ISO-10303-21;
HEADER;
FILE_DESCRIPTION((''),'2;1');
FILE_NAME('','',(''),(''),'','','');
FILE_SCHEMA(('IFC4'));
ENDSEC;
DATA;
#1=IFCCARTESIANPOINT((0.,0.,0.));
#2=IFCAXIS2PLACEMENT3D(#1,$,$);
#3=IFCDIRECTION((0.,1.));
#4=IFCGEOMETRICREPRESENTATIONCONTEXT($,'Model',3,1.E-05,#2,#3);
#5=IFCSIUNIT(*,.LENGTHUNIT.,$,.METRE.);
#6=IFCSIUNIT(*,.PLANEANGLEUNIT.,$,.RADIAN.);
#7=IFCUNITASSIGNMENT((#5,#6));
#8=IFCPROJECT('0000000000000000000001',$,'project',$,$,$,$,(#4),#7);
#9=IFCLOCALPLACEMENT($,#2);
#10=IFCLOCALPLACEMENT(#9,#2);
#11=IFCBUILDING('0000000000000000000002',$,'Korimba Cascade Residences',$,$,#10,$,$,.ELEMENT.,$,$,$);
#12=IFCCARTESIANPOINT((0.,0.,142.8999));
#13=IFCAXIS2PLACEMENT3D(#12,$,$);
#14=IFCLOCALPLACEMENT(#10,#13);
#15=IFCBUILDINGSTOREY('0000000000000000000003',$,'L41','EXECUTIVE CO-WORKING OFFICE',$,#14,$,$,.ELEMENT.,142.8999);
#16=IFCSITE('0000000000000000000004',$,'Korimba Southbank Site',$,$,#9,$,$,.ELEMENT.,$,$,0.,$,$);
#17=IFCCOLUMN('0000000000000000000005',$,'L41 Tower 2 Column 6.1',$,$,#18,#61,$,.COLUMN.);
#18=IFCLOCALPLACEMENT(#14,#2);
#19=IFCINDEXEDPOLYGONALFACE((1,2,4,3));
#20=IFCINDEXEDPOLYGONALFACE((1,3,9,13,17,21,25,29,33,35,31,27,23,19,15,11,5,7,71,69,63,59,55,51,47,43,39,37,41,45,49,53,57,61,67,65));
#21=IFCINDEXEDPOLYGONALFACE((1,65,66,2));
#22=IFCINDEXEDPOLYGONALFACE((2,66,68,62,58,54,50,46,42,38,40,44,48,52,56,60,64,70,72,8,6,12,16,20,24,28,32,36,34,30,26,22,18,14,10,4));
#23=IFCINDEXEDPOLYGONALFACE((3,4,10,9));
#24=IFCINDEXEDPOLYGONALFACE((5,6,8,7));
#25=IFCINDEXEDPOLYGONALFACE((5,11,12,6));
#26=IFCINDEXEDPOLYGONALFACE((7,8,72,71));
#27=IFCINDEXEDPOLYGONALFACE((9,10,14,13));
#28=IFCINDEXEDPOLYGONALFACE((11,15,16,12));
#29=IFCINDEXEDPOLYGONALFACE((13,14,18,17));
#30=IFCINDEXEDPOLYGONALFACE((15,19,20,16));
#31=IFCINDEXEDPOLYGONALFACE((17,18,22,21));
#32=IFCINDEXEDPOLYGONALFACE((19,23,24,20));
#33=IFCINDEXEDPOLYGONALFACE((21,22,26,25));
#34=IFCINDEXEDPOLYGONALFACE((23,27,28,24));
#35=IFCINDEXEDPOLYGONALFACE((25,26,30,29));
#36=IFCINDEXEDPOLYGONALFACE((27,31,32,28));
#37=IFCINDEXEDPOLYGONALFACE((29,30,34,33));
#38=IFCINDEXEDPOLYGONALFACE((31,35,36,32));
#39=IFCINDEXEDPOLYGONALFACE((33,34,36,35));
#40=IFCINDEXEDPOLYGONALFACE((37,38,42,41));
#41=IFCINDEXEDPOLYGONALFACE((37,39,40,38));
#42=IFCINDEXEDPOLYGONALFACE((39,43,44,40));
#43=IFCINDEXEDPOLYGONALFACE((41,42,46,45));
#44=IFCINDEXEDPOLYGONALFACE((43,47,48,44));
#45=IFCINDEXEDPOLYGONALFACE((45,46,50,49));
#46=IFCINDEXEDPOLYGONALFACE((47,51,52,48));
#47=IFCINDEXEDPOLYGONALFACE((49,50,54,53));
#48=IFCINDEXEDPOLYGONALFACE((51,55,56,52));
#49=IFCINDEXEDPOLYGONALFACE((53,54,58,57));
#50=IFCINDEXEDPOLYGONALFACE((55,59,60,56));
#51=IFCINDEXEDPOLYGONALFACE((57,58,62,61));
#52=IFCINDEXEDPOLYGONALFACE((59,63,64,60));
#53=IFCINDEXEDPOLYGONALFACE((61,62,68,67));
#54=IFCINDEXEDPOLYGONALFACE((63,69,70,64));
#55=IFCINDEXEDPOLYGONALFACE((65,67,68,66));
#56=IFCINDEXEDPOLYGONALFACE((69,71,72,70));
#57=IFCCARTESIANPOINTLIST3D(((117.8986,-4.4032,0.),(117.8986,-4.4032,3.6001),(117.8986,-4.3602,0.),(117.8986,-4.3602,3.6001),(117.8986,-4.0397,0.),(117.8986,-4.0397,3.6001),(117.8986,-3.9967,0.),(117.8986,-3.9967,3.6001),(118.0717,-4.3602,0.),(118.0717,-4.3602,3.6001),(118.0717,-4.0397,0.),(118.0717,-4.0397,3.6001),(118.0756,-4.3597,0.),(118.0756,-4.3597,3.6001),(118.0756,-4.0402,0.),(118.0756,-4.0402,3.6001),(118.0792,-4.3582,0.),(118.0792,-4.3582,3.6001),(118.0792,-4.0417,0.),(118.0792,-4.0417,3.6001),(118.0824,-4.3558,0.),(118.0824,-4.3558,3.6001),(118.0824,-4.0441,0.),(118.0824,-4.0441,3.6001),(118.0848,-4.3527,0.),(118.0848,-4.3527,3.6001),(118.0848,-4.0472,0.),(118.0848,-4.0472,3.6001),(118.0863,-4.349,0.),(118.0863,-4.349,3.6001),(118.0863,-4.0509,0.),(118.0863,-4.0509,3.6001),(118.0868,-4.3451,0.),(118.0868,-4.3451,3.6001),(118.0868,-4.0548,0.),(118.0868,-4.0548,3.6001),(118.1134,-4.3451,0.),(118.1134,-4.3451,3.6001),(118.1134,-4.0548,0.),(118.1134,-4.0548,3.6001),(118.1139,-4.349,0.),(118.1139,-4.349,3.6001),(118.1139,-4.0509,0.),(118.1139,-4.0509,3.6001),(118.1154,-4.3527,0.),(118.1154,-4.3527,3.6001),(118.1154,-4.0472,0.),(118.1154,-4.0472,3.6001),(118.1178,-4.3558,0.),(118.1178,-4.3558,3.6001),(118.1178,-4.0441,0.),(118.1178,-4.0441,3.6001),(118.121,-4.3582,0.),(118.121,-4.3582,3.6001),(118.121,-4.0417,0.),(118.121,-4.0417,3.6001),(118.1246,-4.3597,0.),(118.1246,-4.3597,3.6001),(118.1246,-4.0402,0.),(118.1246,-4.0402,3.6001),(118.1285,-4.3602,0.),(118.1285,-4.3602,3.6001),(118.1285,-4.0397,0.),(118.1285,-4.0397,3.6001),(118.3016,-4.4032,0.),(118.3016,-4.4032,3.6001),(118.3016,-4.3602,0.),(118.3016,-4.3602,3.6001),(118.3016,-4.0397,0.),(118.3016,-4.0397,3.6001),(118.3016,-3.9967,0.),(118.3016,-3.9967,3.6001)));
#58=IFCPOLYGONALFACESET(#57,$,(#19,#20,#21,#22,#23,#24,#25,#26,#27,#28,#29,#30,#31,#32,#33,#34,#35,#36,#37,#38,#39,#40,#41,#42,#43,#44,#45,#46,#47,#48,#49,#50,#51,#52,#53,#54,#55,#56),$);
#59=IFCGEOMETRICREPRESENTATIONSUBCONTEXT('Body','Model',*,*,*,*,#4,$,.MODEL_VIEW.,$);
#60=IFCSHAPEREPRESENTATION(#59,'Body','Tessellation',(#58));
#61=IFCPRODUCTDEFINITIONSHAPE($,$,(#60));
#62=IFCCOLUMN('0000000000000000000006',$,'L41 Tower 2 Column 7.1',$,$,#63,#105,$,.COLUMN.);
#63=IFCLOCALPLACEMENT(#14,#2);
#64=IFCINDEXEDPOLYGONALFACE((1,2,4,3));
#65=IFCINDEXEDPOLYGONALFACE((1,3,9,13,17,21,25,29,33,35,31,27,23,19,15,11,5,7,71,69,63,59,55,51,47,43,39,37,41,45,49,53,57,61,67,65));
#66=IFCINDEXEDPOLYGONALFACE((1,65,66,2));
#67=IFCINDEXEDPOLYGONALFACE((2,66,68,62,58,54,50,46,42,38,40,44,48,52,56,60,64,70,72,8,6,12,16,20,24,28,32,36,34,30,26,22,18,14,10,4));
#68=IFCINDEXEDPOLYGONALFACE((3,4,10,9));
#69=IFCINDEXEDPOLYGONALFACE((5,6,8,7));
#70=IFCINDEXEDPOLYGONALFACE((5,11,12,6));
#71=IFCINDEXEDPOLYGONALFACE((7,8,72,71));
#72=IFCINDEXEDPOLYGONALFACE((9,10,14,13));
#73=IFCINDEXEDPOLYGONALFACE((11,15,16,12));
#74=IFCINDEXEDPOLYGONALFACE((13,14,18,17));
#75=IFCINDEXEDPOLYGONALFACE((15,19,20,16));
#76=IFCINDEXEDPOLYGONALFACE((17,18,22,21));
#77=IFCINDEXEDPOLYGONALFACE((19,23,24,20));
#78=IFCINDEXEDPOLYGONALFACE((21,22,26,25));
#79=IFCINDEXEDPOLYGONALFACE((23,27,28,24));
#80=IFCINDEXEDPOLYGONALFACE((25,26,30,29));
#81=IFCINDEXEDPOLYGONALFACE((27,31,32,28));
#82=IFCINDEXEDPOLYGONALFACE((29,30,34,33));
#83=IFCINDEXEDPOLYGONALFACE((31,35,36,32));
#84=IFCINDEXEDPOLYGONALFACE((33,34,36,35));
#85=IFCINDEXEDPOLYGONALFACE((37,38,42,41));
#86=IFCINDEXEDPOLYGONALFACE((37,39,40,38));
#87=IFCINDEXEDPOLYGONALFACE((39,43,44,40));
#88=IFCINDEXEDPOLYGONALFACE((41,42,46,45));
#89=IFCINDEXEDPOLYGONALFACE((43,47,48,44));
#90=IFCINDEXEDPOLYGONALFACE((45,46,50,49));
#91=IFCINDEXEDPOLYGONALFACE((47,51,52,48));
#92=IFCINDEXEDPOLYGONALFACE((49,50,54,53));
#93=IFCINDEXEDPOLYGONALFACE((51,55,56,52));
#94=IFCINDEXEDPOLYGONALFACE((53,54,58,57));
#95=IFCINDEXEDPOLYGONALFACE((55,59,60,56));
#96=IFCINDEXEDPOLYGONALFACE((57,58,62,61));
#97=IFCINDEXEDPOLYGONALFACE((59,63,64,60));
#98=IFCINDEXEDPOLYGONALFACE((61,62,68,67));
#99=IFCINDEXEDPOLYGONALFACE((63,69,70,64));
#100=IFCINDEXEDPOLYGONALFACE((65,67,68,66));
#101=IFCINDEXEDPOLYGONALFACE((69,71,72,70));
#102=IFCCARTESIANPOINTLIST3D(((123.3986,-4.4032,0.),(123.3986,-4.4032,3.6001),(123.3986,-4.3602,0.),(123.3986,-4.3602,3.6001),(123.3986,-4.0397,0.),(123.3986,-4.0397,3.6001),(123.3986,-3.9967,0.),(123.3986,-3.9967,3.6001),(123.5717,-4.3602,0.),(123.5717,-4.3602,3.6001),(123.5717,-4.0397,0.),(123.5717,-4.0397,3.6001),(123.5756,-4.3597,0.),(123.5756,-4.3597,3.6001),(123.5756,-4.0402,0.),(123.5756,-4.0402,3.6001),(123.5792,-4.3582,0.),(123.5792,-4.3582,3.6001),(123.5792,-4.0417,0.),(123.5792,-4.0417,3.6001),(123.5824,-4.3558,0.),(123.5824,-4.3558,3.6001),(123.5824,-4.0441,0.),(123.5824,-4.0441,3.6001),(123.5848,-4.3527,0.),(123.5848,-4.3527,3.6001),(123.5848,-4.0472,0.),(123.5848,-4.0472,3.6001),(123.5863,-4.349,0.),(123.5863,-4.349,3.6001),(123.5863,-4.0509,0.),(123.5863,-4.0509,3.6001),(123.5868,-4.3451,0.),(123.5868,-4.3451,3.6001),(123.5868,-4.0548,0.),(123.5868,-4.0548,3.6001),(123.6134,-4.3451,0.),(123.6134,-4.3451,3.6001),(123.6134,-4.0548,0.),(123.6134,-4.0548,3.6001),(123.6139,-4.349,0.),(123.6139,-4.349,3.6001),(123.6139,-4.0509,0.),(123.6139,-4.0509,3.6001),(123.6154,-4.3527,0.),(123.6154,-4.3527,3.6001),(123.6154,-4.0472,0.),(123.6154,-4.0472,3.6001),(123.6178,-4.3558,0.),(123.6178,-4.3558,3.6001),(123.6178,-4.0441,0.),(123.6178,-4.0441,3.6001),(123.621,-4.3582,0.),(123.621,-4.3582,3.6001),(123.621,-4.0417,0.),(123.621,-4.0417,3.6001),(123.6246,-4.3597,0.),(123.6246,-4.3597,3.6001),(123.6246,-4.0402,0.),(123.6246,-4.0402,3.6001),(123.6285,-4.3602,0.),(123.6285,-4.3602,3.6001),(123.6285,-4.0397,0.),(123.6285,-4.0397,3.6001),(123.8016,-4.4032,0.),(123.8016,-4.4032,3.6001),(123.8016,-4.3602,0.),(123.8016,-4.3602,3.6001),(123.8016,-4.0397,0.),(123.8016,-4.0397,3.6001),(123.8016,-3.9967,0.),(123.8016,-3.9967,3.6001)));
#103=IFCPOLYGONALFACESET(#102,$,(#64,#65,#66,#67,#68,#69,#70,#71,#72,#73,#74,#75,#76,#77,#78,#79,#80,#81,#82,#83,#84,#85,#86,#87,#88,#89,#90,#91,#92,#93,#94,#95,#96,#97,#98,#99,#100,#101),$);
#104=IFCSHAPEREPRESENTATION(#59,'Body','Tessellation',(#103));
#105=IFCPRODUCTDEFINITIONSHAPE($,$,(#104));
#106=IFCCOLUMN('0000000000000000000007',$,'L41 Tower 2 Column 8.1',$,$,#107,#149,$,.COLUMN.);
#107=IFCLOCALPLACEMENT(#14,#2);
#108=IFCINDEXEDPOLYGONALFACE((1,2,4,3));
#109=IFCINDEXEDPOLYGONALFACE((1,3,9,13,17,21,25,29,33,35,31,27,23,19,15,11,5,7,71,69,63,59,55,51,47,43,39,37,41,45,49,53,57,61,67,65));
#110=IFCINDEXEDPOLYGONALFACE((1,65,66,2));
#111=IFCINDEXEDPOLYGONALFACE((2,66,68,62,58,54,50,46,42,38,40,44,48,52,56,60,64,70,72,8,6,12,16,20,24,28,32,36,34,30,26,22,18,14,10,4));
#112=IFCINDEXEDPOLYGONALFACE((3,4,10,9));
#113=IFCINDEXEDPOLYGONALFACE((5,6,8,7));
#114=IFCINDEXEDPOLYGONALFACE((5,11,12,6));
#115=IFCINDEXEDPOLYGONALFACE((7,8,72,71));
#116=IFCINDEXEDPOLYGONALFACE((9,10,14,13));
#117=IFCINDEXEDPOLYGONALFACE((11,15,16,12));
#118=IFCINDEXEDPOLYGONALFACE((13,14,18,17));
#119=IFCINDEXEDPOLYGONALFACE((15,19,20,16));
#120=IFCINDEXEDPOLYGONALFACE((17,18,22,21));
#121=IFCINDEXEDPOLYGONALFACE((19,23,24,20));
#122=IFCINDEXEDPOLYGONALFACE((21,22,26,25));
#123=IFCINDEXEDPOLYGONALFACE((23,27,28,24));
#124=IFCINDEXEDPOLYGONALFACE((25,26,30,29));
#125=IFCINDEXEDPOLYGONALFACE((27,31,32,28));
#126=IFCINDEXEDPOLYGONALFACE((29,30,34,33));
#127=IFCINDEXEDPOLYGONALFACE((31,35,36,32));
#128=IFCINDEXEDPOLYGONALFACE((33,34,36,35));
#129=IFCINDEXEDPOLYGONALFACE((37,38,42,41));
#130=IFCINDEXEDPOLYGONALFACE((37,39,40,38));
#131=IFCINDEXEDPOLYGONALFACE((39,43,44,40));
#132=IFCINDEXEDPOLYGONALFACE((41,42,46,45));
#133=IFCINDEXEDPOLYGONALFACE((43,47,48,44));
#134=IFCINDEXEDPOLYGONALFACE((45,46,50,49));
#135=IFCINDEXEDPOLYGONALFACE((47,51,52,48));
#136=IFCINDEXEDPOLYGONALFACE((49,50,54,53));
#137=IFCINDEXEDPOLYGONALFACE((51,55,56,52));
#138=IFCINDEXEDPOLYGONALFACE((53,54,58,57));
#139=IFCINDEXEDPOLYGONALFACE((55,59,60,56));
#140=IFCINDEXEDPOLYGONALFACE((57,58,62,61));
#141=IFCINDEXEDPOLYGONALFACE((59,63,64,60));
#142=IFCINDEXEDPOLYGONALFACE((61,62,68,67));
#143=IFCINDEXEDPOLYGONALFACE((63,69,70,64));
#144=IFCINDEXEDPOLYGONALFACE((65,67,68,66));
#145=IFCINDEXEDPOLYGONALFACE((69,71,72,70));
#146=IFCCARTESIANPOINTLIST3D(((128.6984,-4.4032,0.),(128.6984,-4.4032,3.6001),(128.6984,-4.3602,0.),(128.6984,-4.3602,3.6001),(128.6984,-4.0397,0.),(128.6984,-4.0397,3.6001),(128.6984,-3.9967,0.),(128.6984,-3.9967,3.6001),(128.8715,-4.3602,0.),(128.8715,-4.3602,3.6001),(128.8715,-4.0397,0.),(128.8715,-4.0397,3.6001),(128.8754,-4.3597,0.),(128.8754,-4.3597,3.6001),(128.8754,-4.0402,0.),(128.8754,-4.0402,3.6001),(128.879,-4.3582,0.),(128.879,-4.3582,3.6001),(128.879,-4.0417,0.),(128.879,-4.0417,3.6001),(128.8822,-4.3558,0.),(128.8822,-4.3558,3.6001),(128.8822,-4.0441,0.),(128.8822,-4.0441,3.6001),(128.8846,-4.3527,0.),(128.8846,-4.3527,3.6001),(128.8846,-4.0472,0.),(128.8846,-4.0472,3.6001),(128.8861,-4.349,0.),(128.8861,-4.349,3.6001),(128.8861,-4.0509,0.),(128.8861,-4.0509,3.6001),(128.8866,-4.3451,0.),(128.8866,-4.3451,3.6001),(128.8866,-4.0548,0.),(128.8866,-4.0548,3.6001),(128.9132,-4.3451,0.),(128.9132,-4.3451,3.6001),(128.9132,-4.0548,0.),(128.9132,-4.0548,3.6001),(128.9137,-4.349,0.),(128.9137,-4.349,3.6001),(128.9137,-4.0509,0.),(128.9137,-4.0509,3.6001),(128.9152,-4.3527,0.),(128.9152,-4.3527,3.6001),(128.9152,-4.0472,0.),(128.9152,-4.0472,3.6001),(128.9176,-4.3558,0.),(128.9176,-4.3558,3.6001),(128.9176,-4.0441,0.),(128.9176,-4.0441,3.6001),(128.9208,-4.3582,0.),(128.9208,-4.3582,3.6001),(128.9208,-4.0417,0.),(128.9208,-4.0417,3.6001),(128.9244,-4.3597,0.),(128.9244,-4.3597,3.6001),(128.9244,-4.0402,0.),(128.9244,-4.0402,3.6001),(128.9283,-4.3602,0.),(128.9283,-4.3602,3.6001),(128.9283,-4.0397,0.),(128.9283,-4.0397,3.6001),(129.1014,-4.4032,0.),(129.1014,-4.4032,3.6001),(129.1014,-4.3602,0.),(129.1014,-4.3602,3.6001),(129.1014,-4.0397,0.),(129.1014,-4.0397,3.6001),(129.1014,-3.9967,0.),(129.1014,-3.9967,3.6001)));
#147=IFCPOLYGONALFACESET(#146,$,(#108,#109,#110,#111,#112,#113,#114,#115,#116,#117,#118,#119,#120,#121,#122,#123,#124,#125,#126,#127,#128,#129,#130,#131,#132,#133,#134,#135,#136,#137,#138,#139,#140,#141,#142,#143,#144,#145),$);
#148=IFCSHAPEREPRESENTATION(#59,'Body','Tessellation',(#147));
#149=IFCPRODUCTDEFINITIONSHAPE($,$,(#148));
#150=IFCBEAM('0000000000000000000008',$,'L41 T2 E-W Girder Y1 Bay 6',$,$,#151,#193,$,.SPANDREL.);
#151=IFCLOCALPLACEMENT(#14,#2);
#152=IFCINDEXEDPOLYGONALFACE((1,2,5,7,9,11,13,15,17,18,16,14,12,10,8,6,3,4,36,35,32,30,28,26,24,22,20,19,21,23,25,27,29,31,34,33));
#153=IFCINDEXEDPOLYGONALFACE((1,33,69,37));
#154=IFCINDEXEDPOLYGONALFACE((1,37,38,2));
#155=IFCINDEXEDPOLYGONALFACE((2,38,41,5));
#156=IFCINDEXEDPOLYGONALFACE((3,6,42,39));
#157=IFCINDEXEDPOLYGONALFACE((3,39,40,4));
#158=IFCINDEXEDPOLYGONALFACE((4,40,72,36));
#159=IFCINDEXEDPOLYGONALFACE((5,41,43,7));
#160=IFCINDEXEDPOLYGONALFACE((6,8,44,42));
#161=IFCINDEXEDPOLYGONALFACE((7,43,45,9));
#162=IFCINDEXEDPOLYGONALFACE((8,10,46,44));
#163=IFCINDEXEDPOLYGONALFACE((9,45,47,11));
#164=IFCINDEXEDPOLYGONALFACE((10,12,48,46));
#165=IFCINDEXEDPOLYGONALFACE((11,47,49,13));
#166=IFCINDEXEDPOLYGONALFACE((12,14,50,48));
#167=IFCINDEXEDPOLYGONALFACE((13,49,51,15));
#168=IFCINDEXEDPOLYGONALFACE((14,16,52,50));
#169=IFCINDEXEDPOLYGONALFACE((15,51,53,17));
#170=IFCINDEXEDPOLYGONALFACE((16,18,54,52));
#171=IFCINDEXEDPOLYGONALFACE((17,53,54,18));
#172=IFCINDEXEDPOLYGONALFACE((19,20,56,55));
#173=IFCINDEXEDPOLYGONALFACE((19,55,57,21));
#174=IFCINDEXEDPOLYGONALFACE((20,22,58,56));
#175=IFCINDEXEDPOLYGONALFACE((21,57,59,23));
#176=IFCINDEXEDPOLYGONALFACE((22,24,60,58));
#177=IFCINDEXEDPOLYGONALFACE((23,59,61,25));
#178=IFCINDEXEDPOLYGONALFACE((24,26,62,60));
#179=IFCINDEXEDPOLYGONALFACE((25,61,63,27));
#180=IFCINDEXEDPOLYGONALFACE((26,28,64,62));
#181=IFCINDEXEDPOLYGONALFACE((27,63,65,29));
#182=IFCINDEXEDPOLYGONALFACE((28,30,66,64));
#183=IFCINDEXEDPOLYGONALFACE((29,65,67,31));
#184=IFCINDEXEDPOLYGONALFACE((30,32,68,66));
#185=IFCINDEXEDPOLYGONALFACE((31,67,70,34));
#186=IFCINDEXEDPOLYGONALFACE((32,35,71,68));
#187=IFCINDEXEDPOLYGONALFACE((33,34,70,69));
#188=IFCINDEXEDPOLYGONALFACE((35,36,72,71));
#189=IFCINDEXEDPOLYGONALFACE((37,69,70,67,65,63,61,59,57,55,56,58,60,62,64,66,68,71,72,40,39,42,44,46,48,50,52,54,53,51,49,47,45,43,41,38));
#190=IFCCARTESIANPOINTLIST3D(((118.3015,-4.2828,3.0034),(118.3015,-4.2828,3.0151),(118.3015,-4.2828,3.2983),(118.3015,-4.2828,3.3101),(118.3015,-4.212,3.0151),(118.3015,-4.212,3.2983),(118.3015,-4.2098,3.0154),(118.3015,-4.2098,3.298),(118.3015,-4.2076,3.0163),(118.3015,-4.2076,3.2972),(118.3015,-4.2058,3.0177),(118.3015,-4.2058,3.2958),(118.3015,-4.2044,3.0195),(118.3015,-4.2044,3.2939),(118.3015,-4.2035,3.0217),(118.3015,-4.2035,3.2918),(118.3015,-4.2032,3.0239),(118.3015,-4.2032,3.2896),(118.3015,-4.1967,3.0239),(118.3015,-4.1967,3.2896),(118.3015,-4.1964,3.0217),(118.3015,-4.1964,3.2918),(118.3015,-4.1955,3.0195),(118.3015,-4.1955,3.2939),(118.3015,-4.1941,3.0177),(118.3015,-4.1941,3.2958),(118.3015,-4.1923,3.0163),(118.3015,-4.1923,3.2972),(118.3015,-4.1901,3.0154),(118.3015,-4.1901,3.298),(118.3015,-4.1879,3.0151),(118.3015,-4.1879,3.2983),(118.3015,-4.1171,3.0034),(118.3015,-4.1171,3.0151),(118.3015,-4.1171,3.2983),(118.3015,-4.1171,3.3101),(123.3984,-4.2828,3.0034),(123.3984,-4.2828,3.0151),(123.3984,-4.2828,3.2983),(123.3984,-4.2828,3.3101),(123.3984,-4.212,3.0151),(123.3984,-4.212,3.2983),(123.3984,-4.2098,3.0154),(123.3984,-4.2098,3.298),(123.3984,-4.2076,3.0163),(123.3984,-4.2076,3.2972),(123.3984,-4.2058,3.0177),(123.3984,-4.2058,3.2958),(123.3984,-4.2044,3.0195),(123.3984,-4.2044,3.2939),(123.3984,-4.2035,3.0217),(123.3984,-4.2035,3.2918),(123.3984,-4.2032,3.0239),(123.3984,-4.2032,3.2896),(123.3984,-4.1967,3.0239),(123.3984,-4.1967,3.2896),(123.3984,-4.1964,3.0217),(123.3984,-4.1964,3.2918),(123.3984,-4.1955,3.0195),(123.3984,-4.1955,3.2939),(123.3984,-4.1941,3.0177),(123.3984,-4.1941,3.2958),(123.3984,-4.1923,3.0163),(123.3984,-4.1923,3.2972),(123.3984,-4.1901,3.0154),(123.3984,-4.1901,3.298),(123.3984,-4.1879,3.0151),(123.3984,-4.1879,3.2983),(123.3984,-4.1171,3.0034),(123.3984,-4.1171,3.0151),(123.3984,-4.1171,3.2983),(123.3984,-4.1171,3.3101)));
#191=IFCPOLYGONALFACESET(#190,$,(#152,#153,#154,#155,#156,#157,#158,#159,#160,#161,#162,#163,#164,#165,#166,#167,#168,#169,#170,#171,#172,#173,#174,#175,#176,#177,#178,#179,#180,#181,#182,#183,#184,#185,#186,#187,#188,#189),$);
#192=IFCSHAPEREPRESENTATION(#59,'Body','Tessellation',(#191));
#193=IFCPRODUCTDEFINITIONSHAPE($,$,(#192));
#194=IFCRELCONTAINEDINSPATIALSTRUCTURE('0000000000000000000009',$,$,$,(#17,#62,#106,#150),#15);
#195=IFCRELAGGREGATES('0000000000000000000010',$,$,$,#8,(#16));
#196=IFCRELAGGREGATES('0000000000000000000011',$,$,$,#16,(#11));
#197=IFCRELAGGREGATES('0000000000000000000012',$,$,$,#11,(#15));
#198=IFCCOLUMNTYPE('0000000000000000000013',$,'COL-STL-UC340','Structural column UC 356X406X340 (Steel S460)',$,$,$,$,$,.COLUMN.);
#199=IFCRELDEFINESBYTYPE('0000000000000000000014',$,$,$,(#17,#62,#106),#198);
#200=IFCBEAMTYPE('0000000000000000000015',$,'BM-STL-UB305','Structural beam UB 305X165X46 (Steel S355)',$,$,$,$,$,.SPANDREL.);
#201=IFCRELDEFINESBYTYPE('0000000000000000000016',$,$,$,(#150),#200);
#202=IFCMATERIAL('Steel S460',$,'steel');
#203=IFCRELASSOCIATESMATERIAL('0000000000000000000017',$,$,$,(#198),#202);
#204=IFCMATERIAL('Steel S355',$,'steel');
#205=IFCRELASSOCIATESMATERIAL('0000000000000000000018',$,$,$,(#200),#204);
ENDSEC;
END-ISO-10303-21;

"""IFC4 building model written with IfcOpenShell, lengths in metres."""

from ifc_helpers import new_model, si_unit, direction, frame, origin, origin_2d, place, context, subcontext, project, spatial, i_section, extrude, material, material_profile, profile_set, type_object, element, save


model = new_model("IFC4")

# Units and contexts
model_context = context("Model", 3, precision=1e-05, world=origin(), true_north=direction((0.0, 1.0)))
body_context = subcontext(model_context, "Body", "Model", "MODEL_VIEW")
ifc_project = project(units=[si_unit("LENGTHUNIT", "METRE"), si_unit("PLANEANGLEUNIT", "RADIAN")], contexts=[model_context])

# Site, building, storey
site_placement = place(None, origin())
site = spatial("IfcSite", under=ifc_project, at=site_placement, Name="Korimba Southbank Site", CompositionType="ELEMENT", RefElevation=0.0)
building_placement = place(site_placement, origin())
building = spatial("IfcBuilding", under=site, at=building_placement, Name="Korimba Cascade Residences", CompositionType="ELEMENT")
storey_placement = place(building_placement, frame((0.0, 0.0, 142.8999)))
storey = spatial("IfcBuildingStorey", under=building, at=storey_placement, Name="L41", Description="EXECUTIVE CO-WORKING OFFICE", CompositionType="ELEMENT", Elevation=142.8999)

# Columns
ifc_material_1 = material(Name="Steel S460", Category="steel")
ifc_material_profile_1 = material_profile(ifc_material_1, i_section(OverallWidth=0.4031, OverallDepth=0.4065, WebThickness=0.0266, FlangeThickness=0.043, FilletRadius=0.0151, at=origin_2d()), Name="Steel S460")
ifc_profile_set_1 = profile_set([ifc_material_profile_1], Name="Steel S460")
column_type = type_object("IfcColumnType", Name="COL-STL-UC340", Description="Structural column UC 356X406X340 (Steel S460)", PredefinedType="COLUMN", material=ifc_profile_set_1)
for number, where, z_axis, x_axis, name in (
    (1, (118.1001, -4.2, 0.0), (0.0, 0.0, 1.0), (1.0, 0.0, 0.0), "L41 Tower 2 Column 6.1"),
    (2, (123.6001, -4.2, 0.0), (0.0, 0.0, 1.0), (1.0, 0.0, 0.0), "L41 Tower 2 Column 7.1"),
    (3, (128.8999, -4.2, 0.0), (0.0, 0.0, 1.0), (1.0, 0.0, 0.0), "L41 Tower 2 Column 8.1"),
):
    element("IfcColumn", number, at=place(storey_placement, frame(where, z_axis=z_axis, x_axis=x_axis)), inside=storey, type_object=column_type, Name=name, PredefinedType="COLUMN", context=body_context, shape_type="SweptSolid", body=[
        extrude(i_section(OverallWidth=0.4031, OverallDepth=0.4065, WebThickness=0.0266, FlangeThickness=0.043, FilletRadius=0.0151, at=origin_2d()), origin(), (0.0, 0.0, 1.0), 3.6001),
    ])

# Beam
ifc_material_2 = material(Name="Steel S355", Category="steel")
ifc_material_profile_2 = material_profile(ifc_material_2, i_section(OverallWidth=0.1658, OverallDepth=0.3066, WebThickness=0.0066, FlangeThickness=0.0117, FilletRadius=0.0088, at=origin_2d()), Name="Steel S355")
ifc_profile_set_2 = profile_set([ifc_material_profile_2], Name="Steel S355")
beam_type_1 = type_object("IfcBeamType", Name="BM-STL-UB305", Description="Structural beam UB 305X165X46 (Steel S355)", PredefinedType="SPANDREL", material=ifc_profile_set_2)
beam_1_placement = place(storey_placement, frame((118.3015, -4.2, 3.1567), z_axis=(1.0, 0.0, 0.0), x_axis=(0.0, 1.0, 0.0)))
element("IfcBeam", 4, at=beam_1_placement, inside=storey, type_object=beam_type_1, Name="L41 T2 E-W Girder Y1 Bay 6", PredefinedType="SPANDREL", context=body_context, shape_type="SweptSolid", body=[
    extrude(i_section(OverallWidth=0.1658, OverallDepth=0.3066, WebThickness=0.0066, FlangeThickness=0.0117, FilletRadius=0.0088, at=origin_2d()), origin(), (0.0, 0.0, 1.0), 5.0969),
])

save(model, "model.ifc")
